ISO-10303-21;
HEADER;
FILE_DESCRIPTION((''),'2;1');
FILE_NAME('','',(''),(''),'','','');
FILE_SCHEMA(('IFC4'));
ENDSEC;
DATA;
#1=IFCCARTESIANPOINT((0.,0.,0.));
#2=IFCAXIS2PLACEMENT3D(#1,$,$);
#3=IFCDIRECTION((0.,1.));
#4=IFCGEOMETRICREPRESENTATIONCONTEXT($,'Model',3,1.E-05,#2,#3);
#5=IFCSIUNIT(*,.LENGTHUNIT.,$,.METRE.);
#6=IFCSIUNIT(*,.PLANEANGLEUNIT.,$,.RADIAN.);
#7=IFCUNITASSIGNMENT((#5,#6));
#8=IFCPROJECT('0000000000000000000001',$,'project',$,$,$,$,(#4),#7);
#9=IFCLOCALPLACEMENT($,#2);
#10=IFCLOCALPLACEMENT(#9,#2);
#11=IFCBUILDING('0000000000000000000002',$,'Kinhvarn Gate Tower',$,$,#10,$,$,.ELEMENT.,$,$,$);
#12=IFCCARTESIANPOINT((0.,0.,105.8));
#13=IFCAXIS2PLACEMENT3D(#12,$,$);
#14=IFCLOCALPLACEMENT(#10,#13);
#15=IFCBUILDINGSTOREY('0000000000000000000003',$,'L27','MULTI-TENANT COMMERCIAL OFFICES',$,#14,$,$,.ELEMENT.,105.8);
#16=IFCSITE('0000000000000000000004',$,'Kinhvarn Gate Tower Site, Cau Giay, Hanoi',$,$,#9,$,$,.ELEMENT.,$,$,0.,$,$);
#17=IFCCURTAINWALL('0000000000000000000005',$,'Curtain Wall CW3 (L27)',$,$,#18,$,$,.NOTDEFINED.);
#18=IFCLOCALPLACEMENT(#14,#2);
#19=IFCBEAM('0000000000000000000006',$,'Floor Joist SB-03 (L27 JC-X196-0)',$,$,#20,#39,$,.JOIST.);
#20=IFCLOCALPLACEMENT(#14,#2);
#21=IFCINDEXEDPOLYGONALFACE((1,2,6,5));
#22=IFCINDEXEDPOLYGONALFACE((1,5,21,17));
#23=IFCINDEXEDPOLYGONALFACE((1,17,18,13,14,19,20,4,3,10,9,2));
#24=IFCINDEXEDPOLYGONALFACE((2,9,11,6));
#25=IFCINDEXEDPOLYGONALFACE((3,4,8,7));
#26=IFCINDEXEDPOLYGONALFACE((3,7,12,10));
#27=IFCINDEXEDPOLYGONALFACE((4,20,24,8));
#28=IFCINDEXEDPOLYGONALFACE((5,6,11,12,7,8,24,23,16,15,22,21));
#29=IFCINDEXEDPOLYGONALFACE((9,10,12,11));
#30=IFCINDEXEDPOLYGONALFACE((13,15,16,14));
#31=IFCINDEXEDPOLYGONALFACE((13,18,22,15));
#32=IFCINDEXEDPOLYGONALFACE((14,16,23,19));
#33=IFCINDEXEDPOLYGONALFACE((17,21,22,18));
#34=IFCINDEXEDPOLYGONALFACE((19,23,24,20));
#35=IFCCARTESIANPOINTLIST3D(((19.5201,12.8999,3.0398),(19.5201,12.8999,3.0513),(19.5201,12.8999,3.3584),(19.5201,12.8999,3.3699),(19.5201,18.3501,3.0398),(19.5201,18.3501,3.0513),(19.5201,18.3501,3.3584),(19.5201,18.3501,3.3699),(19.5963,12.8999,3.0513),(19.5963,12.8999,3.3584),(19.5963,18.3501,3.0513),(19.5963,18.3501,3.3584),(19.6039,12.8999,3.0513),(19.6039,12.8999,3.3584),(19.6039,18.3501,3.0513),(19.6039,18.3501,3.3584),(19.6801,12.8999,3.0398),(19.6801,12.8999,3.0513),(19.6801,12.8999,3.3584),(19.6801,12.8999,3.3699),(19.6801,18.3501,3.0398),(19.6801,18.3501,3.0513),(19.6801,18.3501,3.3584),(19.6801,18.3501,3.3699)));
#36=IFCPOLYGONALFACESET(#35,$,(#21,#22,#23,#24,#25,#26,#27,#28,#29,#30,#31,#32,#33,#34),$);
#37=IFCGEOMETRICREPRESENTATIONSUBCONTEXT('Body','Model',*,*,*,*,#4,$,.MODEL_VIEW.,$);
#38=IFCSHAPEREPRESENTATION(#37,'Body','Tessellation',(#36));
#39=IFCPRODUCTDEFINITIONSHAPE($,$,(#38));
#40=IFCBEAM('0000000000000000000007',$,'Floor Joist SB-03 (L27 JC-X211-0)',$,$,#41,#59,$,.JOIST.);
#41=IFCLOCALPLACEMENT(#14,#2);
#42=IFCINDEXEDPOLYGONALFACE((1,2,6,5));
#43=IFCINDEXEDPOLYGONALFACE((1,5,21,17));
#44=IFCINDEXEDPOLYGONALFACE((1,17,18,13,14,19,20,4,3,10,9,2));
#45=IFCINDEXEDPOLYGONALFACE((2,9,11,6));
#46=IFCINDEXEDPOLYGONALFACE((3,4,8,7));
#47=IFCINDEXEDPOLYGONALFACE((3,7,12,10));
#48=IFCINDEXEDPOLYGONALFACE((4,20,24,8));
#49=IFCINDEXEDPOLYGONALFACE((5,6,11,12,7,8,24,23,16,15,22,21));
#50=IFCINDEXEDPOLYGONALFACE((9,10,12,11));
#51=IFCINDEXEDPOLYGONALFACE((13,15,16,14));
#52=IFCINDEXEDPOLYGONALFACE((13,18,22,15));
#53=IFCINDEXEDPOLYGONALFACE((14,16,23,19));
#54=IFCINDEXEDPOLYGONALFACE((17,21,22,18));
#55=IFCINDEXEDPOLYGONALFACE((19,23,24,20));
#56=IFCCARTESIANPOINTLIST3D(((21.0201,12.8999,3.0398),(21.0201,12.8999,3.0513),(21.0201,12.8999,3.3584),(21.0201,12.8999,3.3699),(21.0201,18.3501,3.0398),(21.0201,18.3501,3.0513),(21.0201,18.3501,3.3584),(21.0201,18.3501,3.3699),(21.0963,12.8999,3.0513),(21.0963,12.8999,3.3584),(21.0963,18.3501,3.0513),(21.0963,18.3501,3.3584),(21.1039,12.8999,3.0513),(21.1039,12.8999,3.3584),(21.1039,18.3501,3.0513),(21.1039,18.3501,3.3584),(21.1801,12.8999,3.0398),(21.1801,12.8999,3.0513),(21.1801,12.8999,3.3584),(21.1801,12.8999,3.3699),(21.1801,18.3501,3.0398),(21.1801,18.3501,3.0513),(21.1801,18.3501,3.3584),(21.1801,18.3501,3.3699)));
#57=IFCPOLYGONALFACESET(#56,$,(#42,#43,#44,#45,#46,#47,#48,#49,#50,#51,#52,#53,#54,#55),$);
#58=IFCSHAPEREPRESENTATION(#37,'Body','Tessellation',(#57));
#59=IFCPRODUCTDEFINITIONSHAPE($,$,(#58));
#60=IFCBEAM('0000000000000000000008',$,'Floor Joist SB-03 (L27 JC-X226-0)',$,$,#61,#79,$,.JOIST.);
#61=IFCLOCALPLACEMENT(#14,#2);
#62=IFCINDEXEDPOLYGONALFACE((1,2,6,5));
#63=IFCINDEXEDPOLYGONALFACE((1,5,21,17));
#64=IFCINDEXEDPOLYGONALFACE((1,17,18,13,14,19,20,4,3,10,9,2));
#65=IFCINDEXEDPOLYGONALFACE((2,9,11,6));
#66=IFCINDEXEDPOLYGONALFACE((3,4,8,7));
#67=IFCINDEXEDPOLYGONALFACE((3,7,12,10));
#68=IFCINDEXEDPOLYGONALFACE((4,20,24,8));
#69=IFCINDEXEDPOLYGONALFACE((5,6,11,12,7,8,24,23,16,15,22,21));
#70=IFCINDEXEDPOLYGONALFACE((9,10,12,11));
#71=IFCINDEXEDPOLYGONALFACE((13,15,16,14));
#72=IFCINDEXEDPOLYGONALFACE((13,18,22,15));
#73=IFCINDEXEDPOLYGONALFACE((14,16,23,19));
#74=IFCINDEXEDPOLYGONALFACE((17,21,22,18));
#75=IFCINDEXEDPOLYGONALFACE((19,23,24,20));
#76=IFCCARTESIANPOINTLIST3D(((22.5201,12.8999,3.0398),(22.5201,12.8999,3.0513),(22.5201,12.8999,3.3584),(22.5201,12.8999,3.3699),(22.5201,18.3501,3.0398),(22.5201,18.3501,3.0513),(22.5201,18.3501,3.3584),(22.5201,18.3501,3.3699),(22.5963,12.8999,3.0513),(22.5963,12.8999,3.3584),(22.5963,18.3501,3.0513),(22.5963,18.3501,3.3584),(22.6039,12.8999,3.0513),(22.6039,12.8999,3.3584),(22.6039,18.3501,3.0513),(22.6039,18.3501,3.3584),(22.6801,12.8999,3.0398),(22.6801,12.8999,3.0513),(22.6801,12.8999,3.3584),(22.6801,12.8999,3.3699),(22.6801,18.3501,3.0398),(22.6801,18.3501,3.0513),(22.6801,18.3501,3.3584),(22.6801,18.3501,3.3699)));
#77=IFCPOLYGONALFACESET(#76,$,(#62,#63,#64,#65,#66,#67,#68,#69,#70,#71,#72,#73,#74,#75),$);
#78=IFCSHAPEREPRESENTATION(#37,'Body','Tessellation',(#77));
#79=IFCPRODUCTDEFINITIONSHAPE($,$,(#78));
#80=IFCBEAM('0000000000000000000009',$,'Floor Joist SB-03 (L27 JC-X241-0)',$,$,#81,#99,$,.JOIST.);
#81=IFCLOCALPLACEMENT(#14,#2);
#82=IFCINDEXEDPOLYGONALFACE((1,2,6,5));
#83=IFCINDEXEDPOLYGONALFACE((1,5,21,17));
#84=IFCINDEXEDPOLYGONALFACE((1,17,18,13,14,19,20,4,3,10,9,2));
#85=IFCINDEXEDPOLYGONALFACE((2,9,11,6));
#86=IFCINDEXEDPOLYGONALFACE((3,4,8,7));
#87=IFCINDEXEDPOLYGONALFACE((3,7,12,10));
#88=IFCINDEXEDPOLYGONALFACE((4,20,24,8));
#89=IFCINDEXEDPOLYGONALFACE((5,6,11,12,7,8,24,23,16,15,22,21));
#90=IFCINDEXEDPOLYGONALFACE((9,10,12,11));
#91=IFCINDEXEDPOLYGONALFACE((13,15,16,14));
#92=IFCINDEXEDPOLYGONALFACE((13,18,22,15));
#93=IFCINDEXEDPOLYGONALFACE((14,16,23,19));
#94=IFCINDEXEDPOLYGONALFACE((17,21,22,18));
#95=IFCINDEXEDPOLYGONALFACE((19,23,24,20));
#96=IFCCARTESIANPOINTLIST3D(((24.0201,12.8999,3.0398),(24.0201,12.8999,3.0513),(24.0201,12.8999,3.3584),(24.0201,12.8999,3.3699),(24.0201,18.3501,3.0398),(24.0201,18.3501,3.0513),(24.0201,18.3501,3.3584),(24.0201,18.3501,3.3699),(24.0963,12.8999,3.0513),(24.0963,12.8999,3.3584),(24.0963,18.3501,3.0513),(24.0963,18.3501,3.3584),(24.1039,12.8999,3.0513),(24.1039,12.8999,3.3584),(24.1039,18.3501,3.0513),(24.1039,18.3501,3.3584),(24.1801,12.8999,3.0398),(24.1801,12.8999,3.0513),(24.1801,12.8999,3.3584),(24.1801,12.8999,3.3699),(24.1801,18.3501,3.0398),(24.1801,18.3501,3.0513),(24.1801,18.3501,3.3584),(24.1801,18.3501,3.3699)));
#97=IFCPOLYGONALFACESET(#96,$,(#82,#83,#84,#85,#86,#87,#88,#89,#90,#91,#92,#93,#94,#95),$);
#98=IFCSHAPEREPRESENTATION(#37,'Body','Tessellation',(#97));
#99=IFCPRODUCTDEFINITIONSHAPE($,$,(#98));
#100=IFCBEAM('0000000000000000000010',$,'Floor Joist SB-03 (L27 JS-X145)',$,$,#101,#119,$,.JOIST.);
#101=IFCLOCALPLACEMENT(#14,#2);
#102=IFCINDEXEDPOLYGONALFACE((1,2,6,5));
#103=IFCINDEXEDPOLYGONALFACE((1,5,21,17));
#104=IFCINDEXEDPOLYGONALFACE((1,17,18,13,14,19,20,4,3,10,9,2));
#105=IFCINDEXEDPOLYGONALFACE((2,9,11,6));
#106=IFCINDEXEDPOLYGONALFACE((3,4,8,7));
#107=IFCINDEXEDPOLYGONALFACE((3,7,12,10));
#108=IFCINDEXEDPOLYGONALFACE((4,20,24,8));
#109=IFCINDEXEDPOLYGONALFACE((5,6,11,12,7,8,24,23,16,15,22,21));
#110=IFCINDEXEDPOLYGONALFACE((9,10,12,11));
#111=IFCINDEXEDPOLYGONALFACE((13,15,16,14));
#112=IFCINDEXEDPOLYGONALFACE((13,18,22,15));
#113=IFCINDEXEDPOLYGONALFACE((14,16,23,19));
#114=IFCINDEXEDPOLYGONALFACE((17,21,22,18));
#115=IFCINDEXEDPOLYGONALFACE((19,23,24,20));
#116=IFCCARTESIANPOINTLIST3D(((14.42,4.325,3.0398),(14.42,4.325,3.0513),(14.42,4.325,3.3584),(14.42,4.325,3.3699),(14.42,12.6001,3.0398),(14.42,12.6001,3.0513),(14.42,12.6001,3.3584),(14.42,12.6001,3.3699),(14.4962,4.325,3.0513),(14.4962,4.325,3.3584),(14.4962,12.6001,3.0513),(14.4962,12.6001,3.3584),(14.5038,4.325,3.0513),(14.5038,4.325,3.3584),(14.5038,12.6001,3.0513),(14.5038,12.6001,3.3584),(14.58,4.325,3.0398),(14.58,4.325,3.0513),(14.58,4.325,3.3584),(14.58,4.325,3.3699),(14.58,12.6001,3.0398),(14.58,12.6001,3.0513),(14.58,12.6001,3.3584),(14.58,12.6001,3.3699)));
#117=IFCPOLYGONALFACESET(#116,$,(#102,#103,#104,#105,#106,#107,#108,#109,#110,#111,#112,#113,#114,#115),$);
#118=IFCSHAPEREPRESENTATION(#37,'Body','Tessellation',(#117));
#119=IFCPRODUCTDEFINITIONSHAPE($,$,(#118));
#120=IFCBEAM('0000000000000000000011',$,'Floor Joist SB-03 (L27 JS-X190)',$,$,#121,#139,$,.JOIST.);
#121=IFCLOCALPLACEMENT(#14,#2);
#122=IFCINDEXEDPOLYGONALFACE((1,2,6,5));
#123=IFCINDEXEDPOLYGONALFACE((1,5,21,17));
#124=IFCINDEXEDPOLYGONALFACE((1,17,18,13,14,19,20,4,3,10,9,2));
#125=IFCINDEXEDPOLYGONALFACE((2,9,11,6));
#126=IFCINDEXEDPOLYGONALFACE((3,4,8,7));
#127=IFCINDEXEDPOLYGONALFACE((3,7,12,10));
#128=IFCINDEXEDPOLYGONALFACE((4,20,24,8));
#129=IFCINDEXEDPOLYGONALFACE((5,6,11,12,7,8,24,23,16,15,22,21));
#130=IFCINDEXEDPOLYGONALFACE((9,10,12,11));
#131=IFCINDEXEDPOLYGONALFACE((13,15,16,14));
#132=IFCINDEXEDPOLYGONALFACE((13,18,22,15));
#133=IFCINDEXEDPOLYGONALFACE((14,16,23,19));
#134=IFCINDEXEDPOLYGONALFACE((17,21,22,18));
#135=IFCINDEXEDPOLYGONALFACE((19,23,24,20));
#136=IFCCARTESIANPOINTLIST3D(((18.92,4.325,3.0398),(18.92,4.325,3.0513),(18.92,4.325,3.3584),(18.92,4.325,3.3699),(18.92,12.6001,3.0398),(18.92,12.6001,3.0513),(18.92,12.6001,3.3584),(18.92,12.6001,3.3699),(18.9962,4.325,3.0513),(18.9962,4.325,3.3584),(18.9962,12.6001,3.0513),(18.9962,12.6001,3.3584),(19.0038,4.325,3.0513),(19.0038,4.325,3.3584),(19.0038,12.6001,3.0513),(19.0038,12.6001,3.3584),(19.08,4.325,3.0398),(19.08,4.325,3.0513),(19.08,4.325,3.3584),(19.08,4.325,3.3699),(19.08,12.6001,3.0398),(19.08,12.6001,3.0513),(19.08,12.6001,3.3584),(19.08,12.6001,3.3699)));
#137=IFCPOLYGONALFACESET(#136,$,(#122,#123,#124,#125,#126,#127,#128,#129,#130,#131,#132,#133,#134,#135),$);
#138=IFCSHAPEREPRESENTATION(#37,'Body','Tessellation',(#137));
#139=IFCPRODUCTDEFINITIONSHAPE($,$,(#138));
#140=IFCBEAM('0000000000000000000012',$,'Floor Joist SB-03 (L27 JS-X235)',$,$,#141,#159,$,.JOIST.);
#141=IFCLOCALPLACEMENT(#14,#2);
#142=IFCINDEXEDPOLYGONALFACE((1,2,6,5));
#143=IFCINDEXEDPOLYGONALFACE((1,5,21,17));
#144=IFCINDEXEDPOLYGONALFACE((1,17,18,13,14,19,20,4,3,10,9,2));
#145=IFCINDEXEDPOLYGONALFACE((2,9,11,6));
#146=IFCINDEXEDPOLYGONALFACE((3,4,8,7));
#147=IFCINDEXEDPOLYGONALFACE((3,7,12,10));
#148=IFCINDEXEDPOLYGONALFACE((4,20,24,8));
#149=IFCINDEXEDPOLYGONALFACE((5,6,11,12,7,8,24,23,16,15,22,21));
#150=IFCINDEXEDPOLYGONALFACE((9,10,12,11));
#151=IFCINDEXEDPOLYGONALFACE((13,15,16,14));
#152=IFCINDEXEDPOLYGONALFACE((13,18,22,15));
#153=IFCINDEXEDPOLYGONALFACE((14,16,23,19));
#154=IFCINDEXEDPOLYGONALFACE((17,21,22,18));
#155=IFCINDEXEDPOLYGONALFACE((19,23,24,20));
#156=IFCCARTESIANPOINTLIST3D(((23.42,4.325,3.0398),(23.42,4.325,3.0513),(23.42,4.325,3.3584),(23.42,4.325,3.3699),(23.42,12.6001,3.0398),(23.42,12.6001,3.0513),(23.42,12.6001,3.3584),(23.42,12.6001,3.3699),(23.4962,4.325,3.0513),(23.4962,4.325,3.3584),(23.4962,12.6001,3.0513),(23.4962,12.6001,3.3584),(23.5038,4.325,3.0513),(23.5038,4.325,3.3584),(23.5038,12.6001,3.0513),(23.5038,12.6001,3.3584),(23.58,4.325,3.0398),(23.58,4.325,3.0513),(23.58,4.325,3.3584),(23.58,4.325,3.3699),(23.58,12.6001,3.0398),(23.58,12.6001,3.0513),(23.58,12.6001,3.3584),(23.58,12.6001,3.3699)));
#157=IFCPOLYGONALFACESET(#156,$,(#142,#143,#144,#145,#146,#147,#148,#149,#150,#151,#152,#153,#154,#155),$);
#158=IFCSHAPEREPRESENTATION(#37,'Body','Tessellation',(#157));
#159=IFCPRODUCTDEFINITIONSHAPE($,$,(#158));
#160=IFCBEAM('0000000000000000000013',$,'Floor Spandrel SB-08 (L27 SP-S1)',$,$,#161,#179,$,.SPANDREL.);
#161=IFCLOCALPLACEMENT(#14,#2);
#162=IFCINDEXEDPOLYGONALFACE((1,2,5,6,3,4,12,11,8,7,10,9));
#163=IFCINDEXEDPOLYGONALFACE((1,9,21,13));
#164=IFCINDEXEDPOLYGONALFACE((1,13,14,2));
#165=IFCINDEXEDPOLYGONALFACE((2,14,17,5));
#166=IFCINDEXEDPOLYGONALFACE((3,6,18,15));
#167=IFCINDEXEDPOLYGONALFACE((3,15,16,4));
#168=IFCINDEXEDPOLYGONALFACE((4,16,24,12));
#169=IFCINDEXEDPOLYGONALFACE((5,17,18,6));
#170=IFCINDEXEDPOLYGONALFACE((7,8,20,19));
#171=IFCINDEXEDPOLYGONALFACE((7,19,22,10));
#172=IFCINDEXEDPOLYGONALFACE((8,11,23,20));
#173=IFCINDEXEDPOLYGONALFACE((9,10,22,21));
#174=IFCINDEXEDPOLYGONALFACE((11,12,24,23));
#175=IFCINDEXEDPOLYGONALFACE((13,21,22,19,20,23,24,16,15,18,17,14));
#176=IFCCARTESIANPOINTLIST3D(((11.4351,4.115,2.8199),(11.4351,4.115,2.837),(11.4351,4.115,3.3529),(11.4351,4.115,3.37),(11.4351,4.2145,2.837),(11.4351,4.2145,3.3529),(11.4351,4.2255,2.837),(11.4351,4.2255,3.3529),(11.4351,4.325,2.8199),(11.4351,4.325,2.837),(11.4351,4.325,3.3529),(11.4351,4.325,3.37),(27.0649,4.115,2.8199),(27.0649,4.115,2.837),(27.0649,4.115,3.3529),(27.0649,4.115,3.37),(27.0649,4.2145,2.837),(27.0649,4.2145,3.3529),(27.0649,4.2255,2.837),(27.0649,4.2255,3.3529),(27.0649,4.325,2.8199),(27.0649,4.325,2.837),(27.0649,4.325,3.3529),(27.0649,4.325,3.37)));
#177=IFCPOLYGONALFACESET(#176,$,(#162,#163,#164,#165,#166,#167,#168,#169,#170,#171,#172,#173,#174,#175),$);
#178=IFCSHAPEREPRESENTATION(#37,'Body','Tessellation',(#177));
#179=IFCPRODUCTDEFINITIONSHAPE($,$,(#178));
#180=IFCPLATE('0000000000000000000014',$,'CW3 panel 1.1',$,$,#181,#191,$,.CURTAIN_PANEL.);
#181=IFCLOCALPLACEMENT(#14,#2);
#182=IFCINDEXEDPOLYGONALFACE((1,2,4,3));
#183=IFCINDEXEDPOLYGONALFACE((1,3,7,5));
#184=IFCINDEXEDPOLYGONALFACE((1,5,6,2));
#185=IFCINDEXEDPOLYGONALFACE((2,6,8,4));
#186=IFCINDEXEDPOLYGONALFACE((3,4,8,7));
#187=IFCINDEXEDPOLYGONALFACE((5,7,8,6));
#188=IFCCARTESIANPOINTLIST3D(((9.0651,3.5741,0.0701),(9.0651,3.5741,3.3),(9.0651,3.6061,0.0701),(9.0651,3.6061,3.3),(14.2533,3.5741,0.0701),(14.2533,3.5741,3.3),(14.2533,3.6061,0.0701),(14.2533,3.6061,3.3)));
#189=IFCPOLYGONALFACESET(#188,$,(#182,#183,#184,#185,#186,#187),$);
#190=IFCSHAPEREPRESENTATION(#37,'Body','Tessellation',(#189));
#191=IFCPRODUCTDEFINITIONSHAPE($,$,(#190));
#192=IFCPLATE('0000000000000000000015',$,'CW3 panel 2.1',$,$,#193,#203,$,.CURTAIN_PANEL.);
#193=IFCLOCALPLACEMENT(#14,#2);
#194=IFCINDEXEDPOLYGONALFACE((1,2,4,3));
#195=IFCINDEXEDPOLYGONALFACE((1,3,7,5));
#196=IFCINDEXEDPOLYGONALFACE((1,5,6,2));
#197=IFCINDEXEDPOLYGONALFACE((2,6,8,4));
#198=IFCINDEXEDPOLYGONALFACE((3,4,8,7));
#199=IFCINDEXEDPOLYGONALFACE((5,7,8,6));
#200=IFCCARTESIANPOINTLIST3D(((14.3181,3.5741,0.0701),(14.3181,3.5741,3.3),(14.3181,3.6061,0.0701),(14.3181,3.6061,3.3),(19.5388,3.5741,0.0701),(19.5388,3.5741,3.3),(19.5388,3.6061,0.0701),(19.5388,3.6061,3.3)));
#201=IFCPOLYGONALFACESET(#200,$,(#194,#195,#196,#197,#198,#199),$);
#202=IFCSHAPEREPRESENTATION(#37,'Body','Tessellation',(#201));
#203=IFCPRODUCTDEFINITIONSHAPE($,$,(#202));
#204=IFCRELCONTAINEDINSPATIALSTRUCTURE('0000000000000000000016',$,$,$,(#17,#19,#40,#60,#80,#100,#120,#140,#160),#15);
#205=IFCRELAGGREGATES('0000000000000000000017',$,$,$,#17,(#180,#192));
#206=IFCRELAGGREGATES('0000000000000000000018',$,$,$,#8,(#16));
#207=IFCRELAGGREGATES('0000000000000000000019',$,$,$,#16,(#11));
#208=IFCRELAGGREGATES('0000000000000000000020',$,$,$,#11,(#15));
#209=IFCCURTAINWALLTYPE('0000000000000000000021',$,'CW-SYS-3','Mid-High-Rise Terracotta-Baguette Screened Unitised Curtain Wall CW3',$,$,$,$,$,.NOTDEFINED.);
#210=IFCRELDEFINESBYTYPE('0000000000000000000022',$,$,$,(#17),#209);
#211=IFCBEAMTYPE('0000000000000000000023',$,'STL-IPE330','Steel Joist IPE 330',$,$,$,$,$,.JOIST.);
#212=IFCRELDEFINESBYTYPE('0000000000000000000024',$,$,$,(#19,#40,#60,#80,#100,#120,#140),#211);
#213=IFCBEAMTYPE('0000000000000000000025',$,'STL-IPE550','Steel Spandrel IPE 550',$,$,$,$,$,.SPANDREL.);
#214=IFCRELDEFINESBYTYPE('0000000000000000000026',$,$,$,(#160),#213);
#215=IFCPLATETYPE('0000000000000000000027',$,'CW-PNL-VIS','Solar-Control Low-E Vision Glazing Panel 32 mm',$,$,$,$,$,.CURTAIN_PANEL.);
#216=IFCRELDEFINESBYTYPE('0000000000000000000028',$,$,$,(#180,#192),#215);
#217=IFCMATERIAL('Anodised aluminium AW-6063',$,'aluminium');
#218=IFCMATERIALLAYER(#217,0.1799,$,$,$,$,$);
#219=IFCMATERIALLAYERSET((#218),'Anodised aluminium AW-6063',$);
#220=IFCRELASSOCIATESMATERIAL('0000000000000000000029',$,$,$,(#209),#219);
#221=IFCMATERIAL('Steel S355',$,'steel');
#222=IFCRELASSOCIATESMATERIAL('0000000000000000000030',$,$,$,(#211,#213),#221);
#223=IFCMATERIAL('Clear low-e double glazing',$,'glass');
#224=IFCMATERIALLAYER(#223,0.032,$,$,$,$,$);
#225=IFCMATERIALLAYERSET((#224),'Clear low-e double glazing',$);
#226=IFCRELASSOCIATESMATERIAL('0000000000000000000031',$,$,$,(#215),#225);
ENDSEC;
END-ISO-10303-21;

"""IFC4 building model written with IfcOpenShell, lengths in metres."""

from ifc_helpers import new_model, si_unit, direction, frame, origin, origin_2d, place, context, subcontext, project, spatial, rectangle, i_section, extrude, material, layer, layer_set, material_profile, profile_set, type_object, element, aggregate, save


model = new_model("IFC4")

# Units and contexts
model_context = context("Model", 3, precision=1e-05, world=origin(), true_north=direction((0.0, 1.0)))
body_context = subcontext(model_context, "Body", "Model", "MODEL_VIEW")
ifc_project = project(units=[si_unit("LENGTHUNIT", "METRE"), si_unit("PLANEANGLEUNIT", "RADIAN")], contexts=[model_context])

# Site, building, storey
site_placement = place(None, origin())
site = spatial("IfcSite", under=ifc_project, at=site_placement, Name="Kinhvarn Gate Tower Site, Cau Giay, Hanoi", CompositionType="ELEMENT", RefElevation=0.0)
building_placement = place(site_placement, origin())
building = spatial("IfcBuilding", under=site, at=building_placement, Name="Kinhvarn Gate Tower", CompositionType="ELEMENT")
storey_placement = place(building_placement, frame((0.0, 0.0, 105.8)))
storey = spatial("IfcBuildingStorey", under=building, at=storey_placement, Name="L27", Description="MULTI-TENANT COMMERCIAL OFFICES", CompositionType="ELEMENT", Elevation=105.8)

# Curtain wall
ifc_material_1 = material(Name="Anodised aluminium AW-6063", Category="aluminium")
ifc_layer_1 = layer(ifc_material_1, 0.1799)
ifc_layer_set_1 = layer_set([ifc_layer_1], Name="Anodised aluminium AW-6063")
curtain_wall_type = type_object("IfcCurtainWallType", Name="CW-SYS-3", Description="Mid-High-Rise Terracotta-Baguette Screened Unitised Curtain Wall CW3", PredefinedType="NOTDEFINED", material=ifc_layer_set_1)
curtain_wall_placement = place(storey_placement, origin())
curtain_wall = element("IfcCurtainWall", 1, at=curtain_wall_placement, inside=storey, type_object=curtain_wall_type, Name="Curtain Wall CW3 (L27)", PredefinedType="NOTDEFINED")

# Beams
ifc_material_2 = material(Name="Steel S355", Category="steel")
ifc_material_profile_1 = material_profile(ifc_material_2, i_section(OverallWidth=0.1599, OverallDepth=0.3301, WebThickness=0.0076, FlangeThickness=0.0115, at=origin_2d()), Name="IPE 330")
ifc_profile_set_1 = profile_set([ifc_material_profile_1], Name="Steel S355")
beam_type_1 = type_object("IfcBeamType", Name="STL-IPE330", Description="Steel Joist IPE 330", PredefinedType="JOIST", material=ifc_profile_set_1)
for number, where, z_axis, x_axis, name in (
    (2, (19.6001, 12.8999, 3.2048), (0.0, 1.0, 0.0), (-1.0, 0.0, 0.0), "Floor Joist SB-03 (L27 JC-X196-0)"),
    (3, (21.1001, 12.8999, 3.2048), (0.0, 1.0, 0.0), (-1.0, 0.0, 0.0), "Floor Joist SB-03 (L27 JC-X211-0)"),
    (4, (22.6001, 12.8999, 3.2048), (0.0, 1.0, 0.0), (-1.0, 0.0, 0.0), "Floor Joist SB-03 (L27 JC-X226-0)"),
    (5, (24.1001, 12.8999, 3.2048), (0.0, 1.0, 0.0), (-1.0, 0.0, 0.0), "Floor Joist SB-03 (L27 JC-X241-0)"),
):
    element("IfcBeam", number, at=place(storey_placement, frame(where, z_axis=z_axis, x_axis=x_axis)), inside=storey, type_object=beam_type_1, Name=name, PredefinedType="JOIST", context=body_context, shape_type="SweptSolid", body=[
        extrude(i_section(OverallWidth=0.1599, OverallDepth=0.3301, WebThickness=0.0076, FlangeThickness=0.0115, at=origin_2d()), origin(), (0.0, 0.0, 1.0), 5.4502),
    ])
for number, where, z_axis, x_axis, name in (
    (6, (14.5, 4.325, 3.2048), (0.0, 1.0, 0.0), (-1.0, 0.0, 0.0), "Floor Joist SB-03 (L27 JS-X145)"),
    (7, (19.0, 4.325, 3.2048), (0.0, 1.0, 0.0), (-1.0, 0.0, 0.0), "Floor Joist SB-03 (L27 JS-X190)"),
    (8, (23.5, 4.325, 3.2048), (0.0, 1.0, 0.0), (-1.0, 0.0, 0.0), "Floor Joist SB-03 (L27 JS-X235)"),
):
    element("IfcBeam", number, at=place(storey_placement, frame(where, z_axis=z_axis, x_axis=x_axis)), inside=storey, type_object=beam_type_1, Name=name, PredefinedType="JOIST", context=body_context, shape_type="SweptSolid", body=[
        extrude(i_section(OverallWidth=0.1599, OverallDepth=0.3301, WebThickness=0.0076, FlangeThickness=0.0115, at=origin_2d()), origin(), (0.0, 0.0, 1.0), 8.2751),
    ])
ifc_material_profile_2 = material_profile(ifc_material_2, i_section(OverallWidth=0.21, OverallDepth=0.55, WebThickness=0.011, FlangeThickness=0.0171, at=origin_2d()), Name="IPE 550")
ifc_profile_set_2 = profile_set([ifc_material_profile_2], Name="Steel S355")
beam_type_2 = type_object("IfcBeamType", Name="STL-IPE550", Description="Steel Spandrel IPE 550", PredefinedType="SPANDREL", material=ifc_profile_set_2)
beam_1_placement = place(storey_placement, frame((11.4351, 4.22, 3.095), z_axis=(1.0, 0.0, 0.0), x_axis=(0.0, 1.0, 0.0)))
element("IfcBeam", 9, at=beam_1_placement, inside=storey, type_object=beam_type_2, Name="Floor Spandrel SB-08 (L27 SP-S1)", PredefinedType="SPANDREL", context=body_context, shape_type="SweptSolid", body=[
    extrude(i_section(OverallWidth=0.21, OverallDepth=0.55, WebThickness=0.011, FlangeThickness=0.0171, at=origin_2d()), origin(), (0.0, 0.0, 1.0), 15.6299),
])

# Plates
ifc_material_3 = material(Name="Clear low-e double glazing", Category="glass")
ifc_layer_2 = layer(ifc_material_3, 0.032)
ifc_layer_set_2 = layer_set([ifc_layer_2], Name="Clear low-e double glazing")
plate_type = type_object("IfcPlateType", Name="CW-PNL-VIS", Description="Solar-Control Low-E Vision Glazing Panel 32 mm", PredefinedType="CURTAIN_PANEL", material=ifc_layer_set_2)
plate_1_placement = place(storey_placement, frame((11.6592, 3.5901, 0.0701), z_axis=(0.0, 0.0, 1.0), x_axis=(1.0, 0.0, 0.0)))
plate_1 = element("IfcPlate", 10, at=plate_1_placement, type_object=plate_type, Name="CW3 panel 1.1", PredefinedType="CURTAIN_PANEL", context=body_context, shape_type="SweptSolid", body=[
    extrude(rectangle(XDim=5.1882, YDim=0.032, at=origin_2d()), origin(), (0.0, 0.0, 1.0), 3.23),
])
plate_2_placement = place(storey_placement, frame((16.9285, 3.5901, 0.0701), z_axis=(0.0, 0.0, 1.0), x_axis=(1.0, 0.0, 0.0)))
plate_2 = element("IfcPlate", 11, at=plate_2_placement, type_object=plate_type, Name="CW3 panel 2.1", PredefinedType="CURTAIN_PANEL", context=body_context, shape_type="SweptSolid", body=[
    extrude(rectangle(XDim=5.2207, YDim=0.032, at=origin_2d()), origin(), (0.0, 0.0, 1.0), 3.23),
])
aggregate(curtain_wall, [plate_1, plate_2])

save(model, "model.ifc")
